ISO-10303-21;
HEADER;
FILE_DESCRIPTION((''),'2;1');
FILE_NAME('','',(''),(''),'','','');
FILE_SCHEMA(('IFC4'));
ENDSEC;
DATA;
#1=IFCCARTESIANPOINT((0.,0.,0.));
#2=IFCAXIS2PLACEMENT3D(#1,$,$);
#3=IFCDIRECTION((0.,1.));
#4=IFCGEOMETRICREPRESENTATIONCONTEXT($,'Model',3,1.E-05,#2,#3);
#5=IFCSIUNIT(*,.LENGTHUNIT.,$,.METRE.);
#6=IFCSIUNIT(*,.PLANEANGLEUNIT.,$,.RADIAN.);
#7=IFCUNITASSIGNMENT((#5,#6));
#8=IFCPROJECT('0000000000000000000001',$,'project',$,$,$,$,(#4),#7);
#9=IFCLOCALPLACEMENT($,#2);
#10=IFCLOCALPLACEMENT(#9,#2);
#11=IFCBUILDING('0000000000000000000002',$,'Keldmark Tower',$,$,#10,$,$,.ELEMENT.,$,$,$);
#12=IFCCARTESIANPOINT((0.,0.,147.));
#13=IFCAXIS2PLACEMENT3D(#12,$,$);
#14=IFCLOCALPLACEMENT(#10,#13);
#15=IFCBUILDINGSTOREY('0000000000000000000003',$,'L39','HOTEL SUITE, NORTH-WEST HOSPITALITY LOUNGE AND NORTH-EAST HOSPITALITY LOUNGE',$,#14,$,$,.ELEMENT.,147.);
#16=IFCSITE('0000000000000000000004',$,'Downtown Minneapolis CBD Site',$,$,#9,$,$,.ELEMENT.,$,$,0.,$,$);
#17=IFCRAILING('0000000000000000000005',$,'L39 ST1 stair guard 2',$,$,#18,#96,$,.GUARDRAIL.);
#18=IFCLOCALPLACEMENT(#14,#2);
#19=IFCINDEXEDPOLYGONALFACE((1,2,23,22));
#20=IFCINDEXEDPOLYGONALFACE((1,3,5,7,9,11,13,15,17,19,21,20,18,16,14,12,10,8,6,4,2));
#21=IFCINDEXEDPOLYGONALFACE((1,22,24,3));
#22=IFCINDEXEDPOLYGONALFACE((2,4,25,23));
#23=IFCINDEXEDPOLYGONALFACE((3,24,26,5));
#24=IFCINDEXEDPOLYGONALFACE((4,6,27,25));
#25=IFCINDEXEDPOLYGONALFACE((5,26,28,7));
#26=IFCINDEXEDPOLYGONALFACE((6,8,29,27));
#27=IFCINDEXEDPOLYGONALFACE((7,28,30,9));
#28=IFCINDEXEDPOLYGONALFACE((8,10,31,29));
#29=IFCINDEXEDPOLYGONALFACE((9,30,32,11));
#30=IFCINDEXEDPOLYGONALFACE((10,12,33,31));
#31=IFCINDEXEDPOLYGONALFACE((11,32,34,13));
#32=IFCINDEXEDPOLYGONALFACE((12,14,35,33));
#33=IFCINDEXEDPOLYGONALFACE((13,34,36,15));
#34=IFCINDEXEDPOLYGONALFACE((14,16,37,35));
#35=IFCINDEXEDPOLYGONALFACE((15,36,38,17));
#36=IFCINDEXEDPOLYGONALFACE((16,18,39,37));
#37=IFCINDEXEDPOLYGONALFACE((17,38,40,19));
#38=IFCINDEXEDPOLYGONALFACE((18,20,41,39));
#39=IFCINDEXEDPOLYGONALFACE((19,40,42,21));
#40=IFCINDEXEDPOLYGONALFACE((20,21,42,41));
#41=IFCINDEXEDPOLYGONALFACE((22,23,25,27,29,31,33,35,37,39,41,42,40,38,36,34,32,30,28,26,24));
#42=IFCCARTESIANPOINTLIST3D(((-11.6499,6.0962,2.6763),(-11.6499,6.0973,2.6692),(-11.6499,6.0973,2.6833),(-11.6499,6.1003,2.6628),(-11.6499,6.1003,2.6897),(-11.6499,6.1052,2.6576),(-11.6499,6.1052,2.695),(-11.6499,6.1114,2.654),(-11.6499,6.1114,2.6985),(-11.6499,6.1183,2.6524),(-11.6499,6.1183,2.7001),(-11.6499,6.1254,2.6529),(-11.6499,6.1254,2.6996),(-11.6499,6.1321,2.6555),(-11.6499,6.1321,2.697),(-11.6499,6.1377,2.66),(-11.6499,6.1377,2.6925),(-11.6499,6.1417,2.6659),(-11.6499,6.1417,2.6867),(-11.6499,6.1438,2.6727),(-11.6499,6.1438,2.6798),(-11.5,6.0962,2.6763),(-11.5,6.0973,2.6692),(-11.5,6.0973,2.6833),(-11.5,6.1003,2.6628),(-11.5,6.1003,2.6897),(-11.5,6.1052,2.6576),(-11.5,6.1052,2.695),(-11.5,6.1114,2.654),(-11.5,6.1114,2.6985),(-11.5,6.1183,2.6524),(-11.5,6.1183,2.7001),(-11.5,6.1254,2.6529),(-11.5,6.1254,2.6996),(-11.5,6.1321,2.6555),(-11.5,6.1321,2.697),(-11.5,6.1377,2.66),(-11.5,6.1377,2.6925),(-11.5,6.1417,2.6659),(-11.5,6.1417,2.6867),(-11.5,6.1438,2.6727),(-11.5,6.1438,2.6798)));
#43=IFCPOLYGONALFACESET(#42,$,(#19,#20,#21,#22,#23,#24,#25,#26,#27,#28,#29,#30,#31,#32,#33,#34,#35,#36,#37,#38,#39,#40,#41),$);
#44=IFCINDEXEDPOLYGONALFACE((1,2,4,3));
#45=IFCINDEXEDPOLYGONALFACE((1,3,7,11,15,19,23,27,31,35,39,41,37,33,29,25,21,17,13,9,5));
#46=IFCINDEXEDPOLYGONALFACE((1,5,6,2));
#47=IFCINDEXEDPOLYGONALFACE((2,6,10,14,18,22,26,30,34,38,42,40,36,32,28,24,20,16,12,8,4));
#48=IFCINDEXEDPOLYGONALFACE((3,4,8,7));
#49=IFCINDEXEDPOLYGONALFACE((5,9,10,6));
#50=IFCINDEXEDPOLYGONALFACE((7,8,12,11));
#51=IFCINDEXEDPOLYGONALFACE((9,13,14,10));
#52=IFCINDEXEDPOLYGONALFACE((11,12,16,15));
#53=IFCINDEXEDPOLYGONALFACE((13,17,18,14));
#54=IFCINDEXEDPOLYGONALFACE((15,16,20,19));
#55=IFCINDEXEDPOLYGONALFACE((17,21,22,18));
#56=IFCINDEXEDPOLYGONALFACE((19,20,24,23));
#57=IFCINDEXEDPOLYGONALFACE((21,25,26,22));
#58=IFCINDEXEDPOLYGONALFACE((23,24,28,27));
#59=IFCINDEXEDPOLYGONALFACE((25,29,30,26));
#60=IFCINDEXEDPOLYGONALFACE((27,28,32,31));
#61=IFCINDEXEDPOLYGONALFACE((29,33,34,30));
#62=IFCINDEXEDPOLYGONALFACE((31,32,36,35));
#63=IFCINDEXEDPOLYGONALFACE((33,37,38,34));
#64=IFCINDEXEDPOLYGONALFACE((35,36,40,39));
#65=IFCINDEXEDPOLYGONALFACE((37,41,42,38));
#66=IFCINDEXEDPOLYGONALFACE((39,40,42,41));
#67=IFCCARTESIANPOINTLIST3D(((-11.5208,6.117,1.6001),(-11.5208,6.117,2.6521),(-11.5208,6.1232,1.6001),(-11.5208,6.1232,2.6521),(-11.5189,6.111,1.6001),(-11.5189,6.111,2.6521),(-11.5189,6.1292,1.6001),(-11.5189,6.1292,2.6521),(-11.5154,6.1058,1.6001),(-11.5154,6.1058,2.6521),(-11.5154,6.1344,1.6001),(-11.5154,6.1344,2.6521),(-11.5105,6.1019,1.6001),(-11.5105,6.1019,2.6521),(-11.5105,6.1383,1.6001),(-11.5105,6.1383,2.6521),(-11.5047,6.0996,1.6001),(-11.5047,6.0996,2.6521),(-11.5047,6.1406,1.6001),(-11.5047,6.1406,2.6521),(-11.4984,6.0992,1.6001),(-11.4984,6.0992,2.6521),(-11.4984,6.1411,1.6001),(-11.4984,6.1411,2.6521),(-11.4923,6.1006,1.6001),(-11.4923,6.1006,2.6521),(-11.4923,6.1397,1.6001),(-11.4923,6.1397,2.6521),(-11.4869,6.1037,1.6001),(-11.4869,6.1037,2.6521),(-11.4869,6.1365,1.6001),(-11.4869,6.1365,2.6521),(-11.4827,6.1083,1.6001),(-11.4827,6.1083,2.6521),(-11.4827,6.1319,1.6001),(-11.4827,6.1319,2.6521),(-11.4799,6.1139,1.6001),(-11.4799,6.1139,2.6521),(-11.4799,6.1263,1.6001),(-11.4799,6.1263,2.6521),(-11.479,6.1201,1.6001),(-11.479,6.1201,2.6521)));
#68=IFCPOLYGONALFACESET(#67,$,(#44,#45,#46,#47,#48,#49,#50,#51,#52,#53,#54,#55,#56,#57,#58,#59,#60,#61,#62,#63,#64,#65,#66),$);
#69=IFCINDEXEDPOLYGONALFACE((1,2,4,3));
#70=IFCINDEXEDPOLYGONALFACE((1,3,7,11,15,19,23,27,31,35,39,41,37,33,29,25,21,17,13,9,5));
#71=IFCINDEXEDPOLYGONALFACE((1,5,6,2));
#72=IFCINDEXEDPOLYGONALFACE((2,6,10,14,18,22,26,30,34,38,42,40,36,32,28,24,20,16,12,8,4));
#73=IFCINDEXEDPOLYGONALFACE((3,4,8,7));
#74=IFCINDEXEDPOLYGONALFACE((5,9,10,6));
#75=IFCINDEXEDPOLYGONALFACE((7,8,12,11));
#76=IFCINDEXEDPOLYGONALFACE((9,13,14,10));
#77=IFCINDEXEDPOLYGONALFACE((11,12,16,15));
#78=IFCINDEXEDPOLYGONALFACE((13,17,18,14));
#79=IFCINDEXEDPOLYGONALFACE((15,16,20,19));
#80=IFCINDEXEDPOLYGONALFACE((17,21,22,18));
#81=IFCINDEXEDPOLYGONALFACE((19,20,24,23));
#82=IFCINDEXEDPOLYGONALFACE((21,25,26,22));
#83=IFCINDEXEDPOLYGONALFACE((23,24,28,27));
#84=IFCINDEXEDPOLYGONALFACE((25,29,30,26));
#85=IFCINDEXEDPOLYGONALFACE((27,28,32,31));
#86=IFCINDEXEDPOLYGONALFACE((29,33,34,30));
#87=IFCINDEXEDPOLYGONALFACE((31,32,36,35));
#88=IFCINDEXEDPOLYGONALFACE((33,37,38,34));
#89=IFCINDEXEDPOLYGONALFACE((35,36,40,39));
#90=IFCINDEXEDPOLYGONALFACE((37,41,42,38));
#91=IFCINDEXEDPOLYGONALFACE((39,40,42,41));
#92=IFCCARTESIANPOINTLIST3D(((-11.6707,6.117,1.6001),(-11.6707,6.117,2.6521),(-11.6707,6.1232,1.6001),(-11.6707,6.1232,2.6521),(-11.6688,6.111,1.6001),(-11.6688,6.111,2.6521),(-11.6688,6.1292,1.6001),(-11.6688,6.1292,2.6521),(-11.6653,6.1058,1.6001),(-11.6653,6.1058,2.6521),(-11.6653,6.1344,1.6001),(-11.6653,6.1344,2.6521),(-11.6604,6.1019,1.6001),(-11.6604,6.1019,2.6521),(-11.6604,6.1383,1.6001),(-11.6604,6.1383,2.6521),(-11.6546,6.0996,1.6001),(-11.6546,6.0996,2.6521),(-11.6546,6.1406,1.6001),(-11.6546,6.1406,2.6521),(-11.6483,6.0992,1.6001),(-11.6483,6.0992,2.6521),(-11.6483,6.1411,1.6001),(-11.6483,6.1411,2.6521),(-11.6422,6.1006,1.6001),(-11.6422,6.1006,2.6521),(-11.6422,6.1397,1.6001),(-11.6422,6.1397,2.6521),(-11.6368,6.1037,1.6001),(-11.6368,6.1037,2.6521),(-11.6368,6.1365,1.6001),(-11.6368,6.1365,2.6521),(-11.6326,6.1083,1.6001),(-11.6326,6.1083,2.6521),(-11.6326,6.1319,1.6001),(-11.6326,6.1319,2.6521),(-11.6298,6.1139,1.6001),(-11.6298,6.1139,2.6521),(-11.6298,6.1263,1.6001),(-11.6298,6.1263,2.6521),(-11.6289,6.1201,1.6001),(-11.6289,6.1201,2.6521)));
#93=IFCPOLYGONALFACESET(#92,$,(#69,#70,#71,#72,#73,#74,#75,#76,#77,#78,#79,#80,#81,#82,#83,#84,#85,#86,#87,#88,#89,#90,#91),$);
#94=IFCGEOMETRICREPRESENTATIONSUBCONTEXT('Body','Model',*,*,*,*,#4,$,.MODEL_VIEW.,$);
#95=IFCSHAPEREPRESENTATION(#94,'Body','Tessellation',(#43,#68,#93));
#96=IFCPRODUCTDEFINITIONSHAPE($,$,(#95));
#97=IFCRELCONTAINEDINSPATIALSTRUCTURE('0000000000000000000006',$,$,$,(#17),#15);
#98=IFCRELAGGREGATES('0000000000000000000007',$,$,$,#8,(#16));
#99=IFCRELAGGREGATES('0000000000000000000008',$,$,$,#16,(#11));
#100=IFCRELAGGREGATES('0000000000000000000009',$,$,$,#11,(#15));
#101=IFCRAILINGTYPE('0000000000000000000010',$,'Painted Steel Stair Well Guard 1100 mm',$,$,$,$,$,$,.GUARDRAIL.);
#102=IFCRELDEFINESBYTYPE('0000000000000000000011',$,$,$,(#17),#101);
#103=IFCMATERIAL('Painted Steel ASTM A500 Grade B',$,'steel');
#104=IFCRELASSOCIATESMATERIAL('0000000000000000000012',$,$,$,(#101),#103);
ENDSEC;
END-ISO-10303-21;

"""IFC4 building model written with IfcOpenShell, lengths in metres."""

from ifc_helpers import new_model, si_unit, direction, frame, origin, origin_2d, place, context, subcontext, project, spatial, circle, extrude, material, type_object, element, save


model = new_model("IFC4")

# Units and contexts
model_context = context("Model", 3, precision=1e-05, world=origin(), true_north=direction((0.0, 1.0)))
body_context = subcontext(model_context, "Body", "Model", "MODEL_VIEW")
ifc_project = project(units=[si_unit("LENGTHUNIT", "METRE"), si_unit("PLANEANGLEUNIT", "RADIAN")], contexts=[model_context])

# Site, building, storey
site_placement = place(None, origin())
site = spatial("IfcSite", under=ifc_project, at=site_placement, Name="Downtown Minneapolis CBD Site", CompositionType="ELEMENT", RefElevation=0.0)
building_placement = place(site_placement, origin())
building = spatial("IfcBuilding", under=site, at=building_placement, Name="Keldmark Tower", CompositionType="ELEMENT")
storey_placement = place(building_placement, frame((0.0, 0.0, 147.0)))
storey = spatial("IfcBuildingStorey", under=building, at=storey_placement, Name="L39", Description="HOTEL SUITE, NORTH-WEST HOSPITALITY LOUNGE AND NORTH-EAST HOSPITALITY LOUNGE", CompositionType="ELEMENT", Elevation=147.0)

# Railing
ifc_material_1 = material(Name="Painted Steel ASTM A500 Grade B", Category="steel")
railing_type_1 = type_object("IfcRailingType", Name="Painted Steel Stair Well Guard 1100 mm", PredefinedType="GUARDRAIL", material=ifc_material_1)
railing_1_placement = place(storey_placement, frame((-11.5, 6.1201, 1.6001)))
element("IfcRailing", 1, at=railing_1_placement, inside=storey, type_object=railing_type_1, Name="L39 ST1 stair guard 2", PredefinedType="GUARDRAIL", context=body_context, shape_type="SweptSolid", body=[
    extrude(circle(Radius=0.0239, at=origin_2d()), frame((0.0, 0.0, 1.0762), z_axis=(-1.0, 0.0, 0.0), x_axis=(0.0, -1.0, 0.0)), (0.0, 0.0, 1.0), 0.1499),
    extrude(circle(Radius=0.021, at=origin_2d()), origin(), (0.0, 0.0, 1.0), 1.052),
    extrude(circle(Radius=0.021, at=origin_2d()), frame((-0.1499, 0.0, 0.0)), (0.0, 0.0, 1.0), 1.052),
])

save(model, "model.ifc")
